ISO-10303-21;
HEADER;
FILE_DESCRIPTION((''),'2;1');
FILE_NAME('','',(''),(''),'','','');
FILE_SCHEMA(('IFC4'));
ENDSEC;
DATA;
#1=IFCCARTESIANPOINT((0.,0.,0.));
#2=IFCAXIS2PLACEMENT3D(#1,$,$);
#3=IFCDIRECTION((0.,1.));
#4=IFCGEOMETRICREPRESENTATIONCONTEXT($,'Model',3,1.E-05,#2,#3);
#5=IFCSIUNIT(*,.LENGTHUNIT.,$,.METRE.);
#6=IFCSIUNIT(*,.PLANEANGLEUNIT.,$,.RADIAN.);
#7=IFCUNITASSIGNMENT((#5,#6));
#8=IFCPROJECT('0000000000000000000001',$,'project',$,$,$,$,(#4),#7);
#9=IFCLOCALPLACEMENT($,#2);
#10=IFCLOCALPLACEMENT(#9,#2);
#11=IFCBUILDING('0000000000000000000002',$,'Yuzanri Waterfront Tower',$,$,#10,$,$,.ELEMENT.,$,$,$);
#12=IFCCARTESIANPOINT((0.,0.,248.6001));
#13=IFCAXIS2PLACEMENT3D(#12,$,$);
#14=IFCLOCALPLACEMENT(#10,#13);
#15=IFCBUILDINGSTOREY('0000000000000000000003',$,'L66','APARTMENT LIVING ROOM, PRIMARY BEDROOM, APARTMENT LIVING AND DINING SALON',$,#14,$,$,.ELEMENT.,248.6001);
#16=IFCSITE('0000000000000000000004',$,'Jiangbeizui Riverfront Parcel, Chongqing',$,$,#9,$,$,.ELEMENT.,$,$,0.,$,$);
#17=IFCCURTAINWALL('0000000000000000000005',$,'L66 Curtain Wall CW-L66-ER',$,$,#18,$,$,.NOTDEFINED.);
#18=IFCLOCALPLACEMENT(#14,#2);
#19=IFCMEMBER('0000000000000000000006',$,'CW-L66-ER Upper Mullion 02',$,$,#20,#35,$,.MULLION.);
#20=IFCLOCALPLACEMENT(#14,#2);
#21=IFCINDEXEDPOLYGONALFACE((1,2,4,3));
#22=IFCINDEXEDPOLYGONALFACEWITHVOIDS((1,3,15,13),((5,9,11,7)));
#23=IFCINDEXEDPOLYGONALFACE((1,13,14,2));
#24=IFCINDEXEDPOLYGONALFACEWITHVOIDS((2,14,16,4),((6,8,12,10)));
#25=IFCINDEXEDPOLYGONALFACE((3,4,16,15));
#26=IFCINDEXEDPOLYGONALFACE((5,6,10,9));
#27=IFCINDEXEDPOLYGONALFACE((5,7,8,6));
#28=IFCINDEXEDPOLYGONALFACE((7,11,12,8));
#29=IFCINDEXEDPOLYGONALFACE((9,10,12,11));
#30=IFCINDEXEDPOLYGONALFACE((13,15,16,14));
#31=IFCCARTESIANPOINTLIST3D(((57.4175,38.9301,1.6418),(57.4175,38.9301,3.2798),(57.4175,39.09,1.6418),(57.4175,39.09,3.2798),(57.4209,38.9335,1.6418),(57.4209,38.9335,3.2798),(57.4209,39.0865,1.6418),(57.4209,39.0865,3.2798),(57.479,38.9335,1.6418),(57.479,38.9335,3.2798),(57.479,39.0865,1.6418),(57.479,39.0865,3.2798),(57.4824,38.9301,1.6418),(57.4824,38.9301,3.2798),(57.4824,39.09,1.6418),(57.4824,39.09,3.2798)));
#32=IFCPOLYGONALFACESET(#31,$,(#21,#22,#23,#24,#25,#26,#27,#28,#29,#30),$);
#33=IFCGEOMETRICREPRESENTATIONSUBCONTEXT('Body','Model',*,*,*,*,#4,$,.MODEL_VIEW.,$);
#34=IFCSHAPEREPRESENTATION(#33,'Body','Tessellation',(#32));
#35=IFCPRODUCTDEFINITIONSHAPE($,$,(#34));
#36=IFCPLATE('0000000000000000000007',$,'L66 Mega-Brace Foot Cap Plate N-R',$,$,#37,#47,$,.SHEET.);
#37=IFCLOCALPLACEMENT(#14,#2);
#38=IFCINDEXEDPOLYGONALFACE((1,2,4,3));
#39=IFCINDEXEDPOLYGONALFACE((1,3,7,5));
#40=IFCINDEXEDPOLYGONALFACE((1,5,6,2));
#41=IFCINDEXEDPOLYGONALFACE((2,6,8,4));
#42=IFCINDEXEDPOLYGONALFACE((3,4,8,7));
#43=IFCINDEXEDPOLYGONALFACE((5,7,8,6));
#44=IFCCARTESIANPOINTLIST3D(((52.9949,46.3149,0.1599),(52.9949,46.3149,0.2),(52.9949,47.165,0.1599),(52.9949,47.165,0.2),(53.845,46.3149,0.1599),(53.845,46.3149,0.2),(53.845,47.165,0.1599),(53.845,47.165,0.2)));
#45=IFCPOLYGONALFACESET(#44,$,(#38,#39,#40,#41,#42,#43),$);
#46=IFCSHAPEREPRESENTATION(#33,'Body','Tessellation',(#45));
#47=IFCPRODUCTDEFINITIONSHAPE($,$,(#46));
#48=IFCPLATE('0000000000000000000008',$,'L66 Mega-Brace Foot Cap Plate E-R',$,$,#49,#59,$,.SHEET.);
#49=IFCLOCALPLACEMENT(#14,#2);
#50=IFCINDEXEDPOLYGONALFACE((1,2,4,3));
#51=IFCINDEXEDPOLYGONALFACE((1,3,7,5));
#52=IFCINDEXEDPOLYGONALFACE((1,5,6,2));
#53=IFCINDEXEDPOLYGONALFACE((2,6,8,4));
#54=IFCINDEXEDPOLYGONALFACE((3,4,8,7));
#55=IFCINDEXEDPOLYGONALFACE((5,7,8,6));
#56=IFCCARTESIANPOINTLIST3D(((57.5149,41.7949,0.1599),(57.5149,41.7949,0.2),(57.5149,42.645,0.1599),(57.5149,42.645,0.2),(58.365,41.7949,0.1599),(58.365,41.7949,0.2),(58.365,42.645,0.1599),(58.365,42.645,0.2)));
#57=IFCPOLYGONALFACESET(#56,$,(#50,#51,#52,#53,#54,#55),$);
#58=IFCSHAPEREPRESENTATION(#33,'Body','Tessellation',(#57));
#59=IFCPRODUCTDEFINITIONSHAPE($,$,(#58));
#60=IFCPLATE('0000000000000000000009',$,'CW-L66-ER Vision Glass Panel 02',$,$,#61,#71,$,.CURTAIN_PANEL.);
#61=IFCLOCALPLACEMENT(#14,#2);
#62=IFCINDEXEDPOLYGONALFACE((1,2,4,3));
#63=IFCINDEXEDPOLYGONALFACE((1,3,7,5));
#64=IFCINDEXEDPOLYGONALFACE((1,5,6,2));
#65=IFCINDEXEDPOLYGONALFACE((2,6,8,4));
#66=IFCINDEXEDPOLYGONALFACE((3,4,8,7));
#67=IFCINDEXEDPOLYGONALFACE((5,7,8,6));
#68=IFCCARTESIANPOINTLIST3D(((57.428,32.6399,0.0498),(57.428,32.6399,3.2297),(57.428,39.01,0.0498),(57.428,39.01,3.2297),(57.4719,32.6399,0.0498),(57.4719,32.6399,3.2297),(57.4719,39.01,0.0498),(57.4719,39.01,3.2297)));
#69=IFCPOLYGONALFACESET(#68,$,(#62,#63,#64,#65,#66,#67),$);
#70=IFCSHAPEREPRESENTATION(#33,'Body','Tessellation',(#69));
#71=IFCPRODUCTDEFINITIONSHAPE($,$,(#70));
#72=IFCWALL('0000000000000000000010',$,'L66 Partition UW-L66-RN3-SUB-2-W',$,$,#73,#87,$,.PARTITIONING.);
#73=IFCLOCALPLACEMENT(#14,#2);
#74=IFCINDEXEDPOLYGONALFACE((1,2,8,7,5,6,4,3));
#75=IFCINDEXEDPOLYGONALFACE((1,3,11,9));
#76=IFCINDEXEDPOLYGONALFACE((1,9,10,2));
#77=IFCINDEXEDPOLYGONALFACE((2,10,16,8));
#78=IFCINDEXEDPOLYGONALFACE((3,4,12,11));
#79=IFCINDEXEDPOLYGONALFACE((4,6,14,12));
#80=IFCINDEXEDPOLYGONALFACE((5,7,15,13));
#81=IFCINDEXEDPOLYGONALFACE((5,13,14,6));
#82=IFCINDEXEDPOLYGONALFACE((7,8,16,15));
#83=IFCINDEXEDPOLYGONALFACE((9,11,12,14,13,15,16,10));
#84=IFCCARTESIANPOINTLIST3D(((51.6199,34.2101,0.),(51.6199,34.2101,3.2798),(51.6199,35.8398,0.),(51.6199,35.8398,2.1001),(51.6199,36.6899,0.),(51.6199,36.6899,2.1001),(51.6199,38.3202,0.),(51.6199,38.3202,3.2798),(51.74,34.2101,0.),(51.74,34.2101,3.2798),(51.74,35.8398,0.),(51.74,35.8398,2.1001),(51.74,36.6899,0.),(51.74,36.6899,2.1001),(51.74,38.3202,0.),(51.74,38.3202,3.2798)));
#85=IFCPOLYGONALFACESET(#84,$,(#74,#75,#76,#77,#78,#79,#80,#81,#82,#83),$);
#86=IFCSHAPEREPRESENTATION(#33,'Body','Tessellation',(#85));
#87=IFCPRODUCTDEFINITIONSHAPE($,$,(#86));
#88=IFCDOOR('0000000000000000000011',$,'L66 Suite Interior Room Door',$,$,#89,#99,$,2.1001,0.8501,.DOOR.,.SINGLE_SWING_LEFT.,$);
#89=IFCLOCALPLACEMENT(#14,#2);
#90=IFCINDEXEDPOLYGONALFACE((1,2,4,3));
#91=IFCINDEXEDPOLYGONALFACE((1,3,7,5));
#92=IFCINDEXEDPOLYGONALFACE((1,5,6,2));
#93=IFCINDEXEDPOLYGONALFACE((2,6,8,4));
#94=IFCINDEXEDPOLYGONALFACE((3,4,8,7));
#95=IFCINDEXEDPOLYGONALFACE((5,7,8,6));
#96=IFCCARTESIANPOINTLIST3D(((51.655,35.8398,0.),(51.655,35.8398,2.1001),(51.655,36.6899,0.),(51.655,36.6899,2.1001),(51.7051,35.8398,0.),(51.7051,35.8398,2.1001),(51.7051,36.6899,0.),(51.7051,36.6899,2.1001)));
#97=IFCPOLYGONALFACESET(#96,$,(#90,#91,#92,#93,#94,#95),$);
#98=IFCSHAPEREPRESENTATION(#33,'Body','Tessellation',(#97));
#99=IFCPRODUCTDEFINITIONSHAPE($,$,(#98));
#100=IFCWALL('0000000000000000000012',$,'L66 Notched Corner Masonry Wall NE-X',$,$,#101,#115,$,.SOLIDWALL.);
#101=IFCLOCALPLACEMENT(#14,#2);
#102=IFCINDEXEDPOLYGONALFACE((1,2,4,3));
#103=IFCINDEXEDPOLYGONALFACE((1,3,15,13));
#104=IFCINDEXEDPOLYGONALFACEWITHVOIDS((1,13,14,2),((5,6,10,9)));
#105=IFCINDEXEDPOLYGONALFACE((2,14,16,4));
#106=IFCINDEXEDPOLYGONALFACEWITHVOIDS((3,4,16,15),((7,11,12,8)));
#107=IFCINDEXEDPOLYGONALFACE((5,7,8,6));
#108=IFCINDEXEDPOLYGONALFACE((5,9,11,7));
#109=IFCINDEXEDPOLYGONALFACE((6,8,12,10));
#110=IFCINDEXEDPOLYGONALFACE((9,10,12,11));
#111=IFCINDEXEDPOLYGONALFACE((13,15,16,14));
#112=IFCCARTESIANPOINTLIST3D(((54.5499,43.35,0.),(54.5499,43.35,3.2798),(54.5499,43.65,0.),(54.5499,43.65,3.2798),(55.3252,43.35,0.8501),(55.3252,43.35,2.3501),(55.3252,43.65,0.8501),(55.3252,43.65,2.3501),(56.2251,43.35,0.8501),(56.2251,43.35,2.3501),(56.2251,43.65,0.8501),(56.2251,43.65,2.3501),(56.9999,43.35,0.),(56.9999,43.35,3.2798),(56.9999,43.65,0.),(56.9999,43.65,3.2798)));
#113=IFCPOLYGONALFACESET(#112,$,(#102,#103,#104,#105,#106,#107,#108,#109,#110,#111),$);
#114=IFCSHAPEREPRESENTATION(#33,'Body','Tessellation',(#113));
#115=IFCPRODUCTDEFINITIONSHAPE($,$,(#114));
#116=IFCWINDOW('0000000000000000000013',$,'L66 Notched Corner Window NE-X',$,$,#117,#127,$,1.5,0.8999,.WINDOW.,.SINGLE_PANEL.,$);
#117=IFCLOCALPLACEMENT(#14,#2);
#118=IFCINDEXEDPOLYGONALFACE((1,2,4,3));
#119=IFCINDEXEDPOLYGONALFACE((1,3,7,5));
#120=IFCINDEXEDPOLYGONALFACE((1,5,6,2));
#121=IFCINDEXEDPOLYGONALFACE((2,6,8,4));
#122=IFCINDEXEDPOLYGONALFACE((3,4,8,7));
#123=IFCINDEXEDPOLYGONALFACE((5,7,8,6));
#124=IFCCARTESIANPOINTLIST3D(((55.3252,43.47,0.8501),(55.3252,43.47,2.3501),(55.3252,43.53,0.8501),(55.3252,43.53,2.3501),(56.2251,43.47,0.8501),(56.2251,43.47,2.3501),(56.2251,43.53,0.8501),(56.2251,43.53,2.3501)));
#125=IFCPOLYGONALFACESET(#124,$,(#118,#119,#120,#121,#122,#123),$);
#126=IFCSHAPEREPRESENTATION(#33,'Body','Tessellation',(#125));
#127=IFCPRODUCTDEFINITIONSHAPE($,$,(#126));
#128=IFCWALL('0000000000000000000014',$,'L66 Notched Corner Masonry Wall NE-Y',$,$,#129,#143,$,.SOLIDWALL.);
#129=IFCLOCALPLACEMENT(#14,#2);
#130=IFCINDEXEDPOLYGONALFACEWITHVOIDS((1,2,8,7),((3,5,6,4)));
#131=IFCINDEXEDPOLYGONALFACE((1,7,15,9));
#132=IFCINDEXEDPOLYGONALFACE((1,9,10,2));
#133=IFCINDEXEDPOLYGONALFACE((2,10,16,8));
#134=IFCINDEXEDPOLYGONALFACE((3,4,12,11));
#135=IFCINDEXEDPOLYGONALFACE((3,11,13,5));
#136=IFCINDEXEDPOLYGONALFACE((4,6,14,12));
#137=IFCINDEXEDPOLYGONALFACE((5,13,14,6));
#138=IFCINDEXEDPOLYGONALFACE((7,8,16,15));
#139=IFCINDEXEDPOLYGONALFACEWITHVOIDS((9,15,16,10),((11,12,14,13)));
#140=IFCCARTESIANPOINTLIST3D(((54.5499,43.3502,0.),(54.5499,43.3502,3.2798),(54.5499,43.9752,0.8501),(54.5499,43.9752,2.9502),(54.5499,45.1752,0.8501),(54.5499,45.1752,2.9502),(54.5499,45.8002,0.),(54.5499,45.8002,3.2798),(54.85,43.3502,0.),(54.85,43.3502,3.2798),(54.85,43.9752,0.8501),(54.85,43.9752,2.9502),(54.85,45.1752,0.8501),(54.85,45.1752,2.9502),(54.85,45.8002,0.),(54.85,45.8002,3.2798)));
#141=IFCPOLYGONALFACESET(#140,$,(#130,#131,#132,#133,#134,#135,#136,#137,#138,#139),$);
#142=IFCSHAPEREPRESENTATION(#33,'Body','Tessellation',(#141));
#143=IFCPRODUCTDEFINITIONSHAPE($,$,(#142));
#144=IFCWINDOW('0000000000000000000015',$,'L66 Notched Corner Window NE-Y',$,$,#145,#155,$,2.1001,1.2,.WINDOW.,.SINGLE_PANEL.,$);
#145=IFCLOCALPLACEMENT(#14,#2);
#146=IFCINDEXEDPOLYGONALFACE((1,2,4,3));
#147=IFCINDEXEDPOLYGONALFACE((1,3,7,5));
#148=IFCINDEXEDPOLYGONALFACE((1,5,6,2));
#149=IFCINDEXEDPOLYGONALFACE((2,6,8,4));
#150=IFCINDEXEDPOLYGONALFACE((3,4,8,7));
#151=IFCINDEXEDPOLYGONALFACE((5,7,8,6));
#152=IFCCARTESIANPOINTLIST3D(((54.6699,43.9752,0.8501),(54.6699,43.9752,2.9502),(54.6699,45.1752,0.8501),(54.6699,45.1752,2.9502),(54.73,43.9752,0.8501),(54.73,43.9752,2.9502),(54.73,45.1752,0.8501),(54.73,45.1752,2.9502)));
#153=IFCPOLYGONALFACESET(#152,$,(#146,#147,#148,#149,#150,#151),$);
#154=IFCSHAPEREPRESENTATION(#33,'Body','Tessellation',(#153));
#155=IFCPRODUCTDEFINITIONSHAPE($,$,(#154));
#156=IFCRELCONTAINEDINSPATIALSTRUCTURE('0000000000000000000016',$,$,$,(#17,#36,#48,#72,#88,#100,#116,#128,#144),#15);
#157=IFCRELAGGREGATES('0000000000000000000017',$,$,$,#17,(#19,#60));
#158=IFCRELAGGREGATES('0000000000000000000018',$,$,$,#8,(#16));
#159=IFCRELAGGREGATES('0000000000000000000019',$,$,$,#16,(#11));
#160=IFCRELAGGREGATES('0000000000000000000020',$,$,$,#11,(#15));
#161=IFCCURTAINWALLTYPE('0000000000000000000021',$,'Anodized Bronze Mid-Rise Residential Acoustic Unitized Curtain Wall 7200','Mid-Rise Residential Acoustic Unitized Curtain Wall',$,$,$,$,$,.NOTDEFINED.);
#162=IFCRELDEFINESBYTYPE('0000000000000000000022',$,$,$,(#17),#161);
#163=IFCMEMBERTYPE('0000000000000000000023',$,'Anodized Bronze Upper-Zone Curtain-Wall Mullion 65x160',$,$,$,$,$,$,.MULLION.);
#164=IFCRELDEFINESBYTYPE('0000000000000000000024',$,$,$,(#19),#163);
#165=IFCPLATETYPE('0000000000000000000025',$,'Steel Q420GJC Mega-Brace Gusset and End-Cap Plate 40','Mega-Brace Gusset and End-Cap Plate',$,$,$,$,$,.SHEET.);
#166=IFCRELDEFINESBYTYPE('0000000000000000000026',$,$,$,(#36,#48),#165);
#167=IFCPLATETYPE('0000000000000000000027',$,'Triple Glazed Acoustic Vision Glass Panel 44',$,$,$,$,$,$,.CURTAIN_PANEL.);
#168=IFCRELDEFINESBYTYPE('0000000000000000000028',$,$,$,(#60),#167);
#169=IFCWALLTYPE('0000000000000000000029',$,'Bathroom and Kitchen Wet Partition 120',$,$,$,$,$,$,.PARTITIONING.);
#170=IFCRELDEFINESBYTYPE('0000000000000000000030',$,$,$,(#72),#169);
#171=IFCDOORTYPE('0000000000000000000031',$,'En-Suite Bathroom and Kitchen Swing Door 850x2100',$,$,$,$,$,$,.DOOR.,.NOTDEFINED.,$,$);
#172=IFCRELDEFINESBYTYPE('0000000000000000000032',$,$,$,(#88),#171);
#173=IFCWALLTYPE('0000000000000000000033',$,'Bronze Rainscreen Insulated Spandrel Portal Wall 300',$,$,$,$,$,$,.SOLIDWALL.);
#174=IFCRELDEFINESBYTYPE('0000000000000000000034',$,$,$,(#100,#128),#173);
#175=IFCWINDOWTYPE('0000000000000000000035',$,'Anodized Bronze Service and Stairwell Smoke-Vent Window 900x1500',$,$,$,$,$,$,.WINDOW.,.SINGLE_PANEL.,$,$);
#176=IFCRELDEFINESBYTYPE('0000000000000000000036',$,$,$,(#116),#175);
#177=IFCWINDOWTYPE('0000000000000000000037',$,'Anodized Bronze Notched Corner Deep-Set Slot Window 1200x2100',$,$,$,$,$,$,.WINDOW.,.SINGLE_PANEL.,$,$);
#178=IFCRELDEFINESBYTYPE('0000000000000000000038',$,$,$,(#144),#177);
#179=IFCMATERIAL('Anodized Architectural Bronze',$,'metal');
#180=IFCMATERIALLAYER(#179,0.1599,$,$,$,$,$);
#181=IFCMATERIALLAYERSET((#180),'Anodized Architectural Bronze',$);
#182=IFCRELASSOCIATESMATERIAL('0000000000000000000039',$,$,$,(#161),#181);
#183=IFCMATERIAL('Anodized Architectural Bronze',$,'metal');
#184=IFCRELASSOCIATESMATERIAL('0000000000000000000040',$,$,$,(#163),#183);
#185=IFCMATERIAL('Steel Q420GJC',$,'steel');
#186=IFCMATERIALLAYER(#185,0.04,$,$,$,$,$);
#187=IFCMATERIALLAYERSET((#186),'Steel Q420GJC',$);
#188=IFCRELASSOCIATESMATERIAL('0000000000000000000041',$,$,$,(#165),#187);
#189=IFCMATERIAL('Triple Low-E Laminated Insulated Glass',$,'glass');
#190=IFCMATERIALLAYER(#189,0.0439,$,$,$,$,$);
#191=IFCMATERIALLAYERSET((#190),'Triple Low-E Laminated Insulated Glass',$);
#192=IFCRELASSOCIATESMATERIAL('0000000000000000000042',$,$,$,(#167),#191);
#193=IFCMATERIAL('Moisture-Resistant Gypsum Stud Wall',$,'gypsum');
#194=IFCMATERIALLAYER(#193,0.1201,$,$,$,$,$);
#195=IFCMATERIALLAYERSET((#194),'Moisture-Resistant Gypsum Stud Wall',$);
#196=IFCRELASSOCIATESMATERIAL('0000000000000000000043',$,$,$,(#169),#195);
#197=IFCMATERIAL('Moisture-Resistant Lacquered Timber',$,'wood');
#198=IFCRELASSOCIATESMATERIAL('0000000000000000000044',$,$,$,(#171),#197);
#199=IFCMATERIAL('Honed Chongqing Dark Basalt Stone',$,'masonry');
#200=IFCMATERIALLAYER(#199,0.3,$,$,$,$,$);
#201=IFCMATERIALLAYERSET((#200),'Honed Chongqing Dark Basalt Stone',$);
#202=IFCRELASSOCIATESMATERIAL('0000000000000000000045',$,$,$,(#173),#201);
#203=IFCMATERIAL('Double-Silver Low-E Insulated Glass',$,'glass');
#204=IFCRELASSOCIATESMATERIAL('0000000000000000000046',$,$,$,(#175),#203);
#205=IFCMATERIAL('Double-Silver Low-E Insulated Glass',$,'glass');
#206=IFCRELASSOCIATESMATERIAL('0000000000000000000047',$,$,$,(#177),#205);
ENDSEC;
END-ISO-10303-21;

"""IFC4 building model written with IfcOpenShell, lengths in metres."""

from ifc_helpers import new_model, si_unit, direction, frame, frame_2d, origin, origin_2d, place, context, subcontext, project, spatial, rectangle, hollow_rectangle, extrude, source, transform, mapped, material, layer, layer_set, material_profile, profile_set, type_object, element, fill, aggregate, save


model = new_model("IFC4")

# Units and contexts
model_context = context("Model", 3, precision=1e-05, world=origin(), true_north=direction((0.0, 1.0)))
body_context = subcontext(model_context, "Body", "Model", "MODEL_VIEW")
ifc_project = project(units=[si_unit("LENGTHUNIT", "METRE"), si_unit("PLANEANGLEUNIT", "RADIAN")], contexts=[model_context])

# Site, building, storey
site_placement = place(None, origin())
site = spatial("IfcSite", under=ifc_project, at=site_placement, Name="Jiangbeizui Riverfront Parcel, Chongqing", CompositionType="ELEMENT", RefElevation=0.0)
building_placement = place(site_placement, origin())
building = spatial("IfcBuilding", under=site, at=building_placement, Name="Yuzanri Waterfront Tower", CompositionType="ELEMENT")
storey_placement = place(building_placement, frame((0.0, 0.0, 248.6001)))
storey = spatial("IfcBuildingStorey", under=building, at=storey_placement, Name="L66", Description="APARTMENT LIVING ROOM, PRIMARY BEDROOM, APARTMENT LIVING AND DINING SALON", CompositionType="ELEMENT", Elevation=248.6001)

# Curtain wall, member
ifc_material_1 = material(Name="Anodized Architectural Bronze", Category="metal")
ifc_layer_1 = layer(ifc_material_1, 0.1599)
ifc_layer_set_1 = layer_set([ifc_layer_1], Name="Anodized Architectural Bronze")
curtain_wall_type = type_object("IfcCurtainWallType", Name="Anodized Bronze Mid-Rise Residential Acoustic Unitized Curtain Wall 7200", Description="Mid-Rise Residential Acoustic Unitized Curtain Wall", PredefinedType="NOTDEFINED", material=ifc_layer_set_1)
ifc_material_2 = material(Name="Anodized Architectural Bronze", Category="metal")
ifc_material_profile_1 = material_profile(ifc_material_2, hollow_rectangle(XDim=0.0649, YDim=0.1599, WallThickness=0.0034, at=origin_2d()), Name="CWM 65x160")
ifc_profile_set_1 = profile_set([ifc_material_profile_1], Name="Anodized Architectural Bronze")
member_type_1 = type_object("IfcMemberType", Name="Anodized Bronze Upper-Zone Curtain-Wall Mullion 65x160", PredefinedType="MULLION", material=ifc_profile_set_1)
shared_shape_1 = source(origin(), body_context, "Body", "SweptSolid", [
    extrude(hollow_rectangle(XDim=0.0649, YDim=0.1599, WallThickness=0.0034, at=origin_2d()), origin(), (0.0, 0.0, 1.0), 1.6379),
])
curtain_wall_1_placement = place(storey_placement, origin())
curtain_wall_1 = element("IfcCurtainWall", 1, at=curtain_wall_1_placement, inside=storey, type_object=curtain_wall_type, Name="L66 Curtain Wall CW-L66-ER", PredefinedType="NOTDEFINED")
member_1_placement = place(storey_placement, frame((57.45, 39.01, 1.6418), z_axis=(0.0, 0.0, 1.0), x_axis=(1.0, 0.0, 0.0)))
member_1 = element("IfcMember", 2, at=member_1_placement, type_object=member_type_1, Name="CW-L66-ER Upper Mullion 02", PredefinedType="MULLION", context=body_context, shape_type="MappedRepresentation", body=[
    mapped(shared_shape_1, transform((0.0, 0.0, 0.0), scale=1.0)),
])

# Plates
ifc_material_3 = material(Name="Steel Q420GJC", Category="steel")
ifc_layer_2 = layer(ifc_material_3, 0.04)
ifc_layer_set_2 = layer_set([ifc_layer_2], Name="Steel Q420GJC")
plate_type_1 = type_object("IfcPlateType", Name="Steel Q420GJC Mega-Brace Gusset and End-Cap Plate 40", Description="Mega-Brace Gusset and End-Cap Plate", PredefinedType="SHEET", material=ifc_layer_set_2)
shared_shape_2 = source(origin(), body_context, "Body", "SweptSolid", [
    extrude(rectangle(XDim=0.8501, YDim=0.8501, at=origin_2d()), origin(), (0.0, 0.0, 1.0), 0.04),
])
for number, where, z_axis, x_axis, name in (
    (3, (53.4199, 46.74, 0.1599), (0.0, 0.0, 1.0), (1.0, 0.0, 0.0), "L66 Mega-Brace Foot Cap Plate N-R"),
    (4, (57.9399, 42.22, 0.1599), (0.0, 0.0, 1.0), (1.0, 0.0, 0.0), "L66 Mega-Brace Foot Cap Plate E-R"),
):
    element("IfcPlate", number, at=place(storey_placement, frame(where, z_axis=z_axis, x_axis=x_axis)), inside=storey, type_object=plate_type_1, Name=name, PredefinedType="SHEET", context=body_context, shape_type="MappedRepresentation", body=[
        mapped(shared_shape_2, transform((0.0, 0.0, 0.0), scale=1.0)),
    ])

# Plate
ifc_material_4 = material(Name="Triple Low-E Laminated Insulated Glass", Category="glass")
ifc_layer_3 = layer(ifc_material_4, 0.0439)
ifc_layer_set_3 = layer_set([ifc_layer_3], Name="Triple Low-E Laminated Insulated Glass")
plate_type_2 = type_object("IfcPlateType", Name="Triple Glazed Acoustic Vision Glass Panel 44", PredefinedType="CURTAIN_PANEL", material=ifc_layer_set_3)
shared_shape_3 = source(origin(), body_context, "Body", "SweptSolid", [
    extrude(rectangle(XDim=6.3701, YDim=0.0439, at=origin_2d()), origin(), (0.0, 0.0, 1.0), 3.1799),
])
plate_placement = place(storey_placement, frame((57.45, 35.825, 0.0498), z_axis=(0.0, 0.0, 1.0), x_axis=(0.0, 1.0, 0.0)))
plate = element("IfcPlate", 5, at=plate_placement, type_object=plate_type_2, Name="CW-L66-ER Vision Glass Panel 02", PredefinedType="CURTAIN_PANEL", context=body_context, shape_type="MappedRepresentation", body=[
    mapped(shared_shape_3, transform((0.0, 0.0, 0.0), scale=1.0)),
])
aggregate(curtain_wall_1, [member_1, plate])

# Wall, opening, door
ifc_material_5 = material(Name="Moisture-Resistant Gypsum Stud Wall", Category="gypsum")
ifc_layer_4 = layer(ifc_material_5, 0.1201)
ifc_layer_set_4 = layer_set([ifc_layer_4], Name="Moisture-Resistant Gypsum Stud Wall")
wall_type_1 = type_object("IfcWallType", Name="Bathroom and Kitchen Wet Partition 120", PredefinedType="PARTITIONING", material=ifc_layer_set_4)
wall_1_placement = place(storey_placement, frame((51.6799, 34.21, 0.0), z_axis=(0.0, 0.0, 1.0), x_axis=(0.0, 1.0, 0.0)))
wall_1 = element("IfcWall", 6, at=wall_1_placement, inside=storey, type_object=wall_type_1, Name="L66 Partition UW-L66-RN3-SUB-2-W", PredefinedType="PARTITIONING", context=body_context, shape_type="SweptSolid", body=[
    extrude(rectangle(XDim=4.1101, YDim=0.1201, at=frame_2d((2.0552, 0.0))), origin(), (0.0, 0.0, 1.0), 3.2798),
])
opening_1_placement = place(wall_1_placement, frame((1.6299, 0.0, 0.0)))
opening_1 = element("IfcOpeningElement", 7, at=opening_1_placement, cuts=wall_1, PredefinedType="OPENING", context=body_context, shape_type="SweptSolid", body=[
    extrude(rectangle(XDim=0.8501, YDim=2.1001, at=frame_2d((0.425, 1.05))), frame((0.0, 0.075, 0.0), z_axis=(0.0, -1.0, 0.0), x_axis=(1.0, 0.0, 0.0)), (0.0, 0.0, 1.0), 0.1499),
])
ifc_material_6 = material(Name="Moisture-Resistant Lacquered Timber", Category="wood")
door_type = type_object("IfcDoorType", Name="En-Suite Bathroom and Kitchen Swing Door 850x2100", OperationType="NOTDEFINED", PredefinedType="DOOR", material=ifc_material_6)
shared_shape_4 = source(origin(), body_context, "Body", "SweptSolid", [
    extrude(rectangle(XDim=0.8501, YDim=2.1001, at=frame_2d((0.425, 1.05))), frame((0.0, 0.0249, 0.0), z_axis=(0.0, -1.0, 0.0), x_axis=(1.0, 0.0, 0.0)), (0.0, 0.0, 1.0), 0.05),
])
door_placement = place(opening_1_placement, origin())
door = element("IfcDoor", 8, at=door_placement, inside=storey, type_object=door_type, Name="L66 Suite Interior Room Door", OperationType="SINGLE_SWING_LEFT", OverallHeight=2.1001, OverallWidth=0.8501, PredefinedType="DOOR", context=body_context, shape_type="MappedRepresentation", body=[
    mapped(shared_shape_4, transform((0.0, 0.0, 0.0), scale=1.0)),
])
fill(opening_1, door)

# Walls, openings, windows
ifc_material_7 = material(Name="Honed Chongqing Dark Basalt Stone", Category="masonry")
ifc_layer_5 = layer(ifc_material_7, 0.3)
ifc_layer_set_5 = layer_set([ifc_layer_5], Name="Honed Chongqing Dark Basalt Stone")
wall_type_2 = type_object("IfcWallType", Name="Bronze Rainscreen Insulated Spandrel Portal Wall 300", PredefinedType="SOLIDWALL", material=ifc_layer_set_5)
wall_2_placement = place(storey_placement, frame((57.0, 43.5, 0.0), z_axis=(0.0, 0.0, 1.0), x_axis=(-1.0, 0.0, 0.0)))
wall_2 = element("IfcWall", 9, at=wall_2_placement, inside=storey, type_object=wall_type_2, Name="L66 Notched Corner Masonry Wall NE-X", PredefinedType="SOLIDWALL", context=body_context, shape_type="SweptSolid", body=[
    extrude(rectangle(XDim=2.45, YDim=0.3, at=frame_2d((1.2251, 0.0))), origin(), (0.0, 0.0, 1.0), 3.2798),
])
opening_2_placement = place(wall_2_placement, frame((0.7749, 0.0, 0.8501)))
opening_2 = element("IfcOpeningElement", 10, at=opening_2_placement, cuts=wall_2, PredefinedType="OPENING", context=body_context, shape_type="SweptSolid", body=[
    extrude(rectangle(XDim=0.8999, YDim=1.5, at=frame_2d((0.45, 0.75))), frame((0.0, 0.165, 0.0), z_axis=(0.0, -1.0, 0.0), x_axis=(1.0, 0.0, 0.0)), (0.0, 0.0, 1.0), 0.3298),
])
ifc_material_8 = material(Name="Double-Silver Low-E Insulated Glass", Category="glass")
window_type_1 = type_object("IfcWindowType", Name="Anodized Bronze Service and Stairwell Smoke-Vent Window 900x1500", PartitioningType="SINGLE_PANEL", PredefinedType="WINDOW", material=ifc_material_8)
shared_shape_5 = source(origin(), body_context, "Body", "SweptSolid", [
    extrude(rectangle(XDim=0.8999, YDim=1.5, at=frame_2d((0.45, 0.75))), frame((0.0, 0.03, 0.0), z_axis=(0.0, -1.0, 0.0), x_axis=(1.0, 0.0, 0.0)), (0.0, 0.0, 1.0), 0.0601),
])
window_1_placement = place(opening_2_placement, origin())
window_1 = element("IfcWindow", 11, at=window_1_placement, inside=storey, type_object=window_type_1, Name="L66 Notched Corner Window NE-X", OverallHeight=1.5, OverallWidth=0.8999, PartitioningType="SINGLE_PANEL", PredefinedType="WINDOW", context=body_context, shape_type="MappedRepresentation", body=[
    mapped(shared_shape_5, transform((0.0, 0.0, 0.0), scale=1.0)),
])
fill(opening_2, window_1)
wall_3_placement = place(storey_placement, frame((54.7, 43.3501, 0.0), z_axis=(0.0, 0.0, 1.0), x_axis=(0.0, 1.0, 0.0)))
wall_3 = element("IfcWall", 12, at=wall_3_placement, inside=storey, type_object=wall_type_2, Name="L66 Notched Corner Masonry Wall NE-Y", PredefinedType="SOLIDWALL", context=body_context, shape_type="SweptSolid", body=[
    extrude(rectangle(XDim=2.45, YDim=0.3, at=frame_2d((1.2251, 0.0))), origin(), (0.0, 0.0, 1.0), 3.2798),
])
opening_3_placement = place(wall_3_placement, frame((0.625, 0.0, 0.8501)))
opening_3 = element("IfcOpeningElement", 13, at=opening_3_placement, cuts=wall_3, PredefinedType="OPENING", context=body_context, shape_type="SweptSolid", body=[
    extrude(rectangle(XDim=1.2, YDim=2.1001, at=frame_2d((0.6001, 1.05))), frame((0.0, 0.165, 0.0), z_axis=(0.0, -1.0, 0.0), x_axis=(1.0, 0.0, 0.0)), (0.0, 0.0, 1.0), 0.3298),
])
ifc_material_9 = material(Name="Double-Silver Low-E Insulated Glass", Category="glass")
window_type_2 = type_object("IfcWindowType", Name="Anodized Bronze Notched Corner Deep-Set Slot Window 1200x2100", PartitioningType="SINGLE_PANEL", PredefinedType="WINDOW", material=ifc_material_9)
shared_shape_6 = source(origin(), body_context, "Body", "SweptSolid", [
    extrude(rectangle(XDim=1.2, YDim=2.1001, at=frame_2d((0.6001, 1.05))), frame((0.0, 0.03, 0.0), z_axis=(0.0, -1.0, 0.0), x_axis=(1.0, 0.0, 0.0)), (0.0, 0.0, 1.0), 0.0601),
])
window_2_placement = place(opening_3_placement, origin())
window_2 = element("IfcWindow", 14, at=window_2_placement, inside=storey, type_object=window_type_2, Name="L66 Notched Corner Window NE-Y", OverallHeight=2.1001, OverallWidth=1.2, PartitioningType="SINGLE_PANEL", PredefinedType="WINDOW", context=body_context, shape_type="MappedRepresentation", body=[
    mapped(shared_shape_6, transform((0.0, 0.0, 0.0), scale=1.0)),
])
fill(opening_3, window_2)

save(model, "model.ifc")
